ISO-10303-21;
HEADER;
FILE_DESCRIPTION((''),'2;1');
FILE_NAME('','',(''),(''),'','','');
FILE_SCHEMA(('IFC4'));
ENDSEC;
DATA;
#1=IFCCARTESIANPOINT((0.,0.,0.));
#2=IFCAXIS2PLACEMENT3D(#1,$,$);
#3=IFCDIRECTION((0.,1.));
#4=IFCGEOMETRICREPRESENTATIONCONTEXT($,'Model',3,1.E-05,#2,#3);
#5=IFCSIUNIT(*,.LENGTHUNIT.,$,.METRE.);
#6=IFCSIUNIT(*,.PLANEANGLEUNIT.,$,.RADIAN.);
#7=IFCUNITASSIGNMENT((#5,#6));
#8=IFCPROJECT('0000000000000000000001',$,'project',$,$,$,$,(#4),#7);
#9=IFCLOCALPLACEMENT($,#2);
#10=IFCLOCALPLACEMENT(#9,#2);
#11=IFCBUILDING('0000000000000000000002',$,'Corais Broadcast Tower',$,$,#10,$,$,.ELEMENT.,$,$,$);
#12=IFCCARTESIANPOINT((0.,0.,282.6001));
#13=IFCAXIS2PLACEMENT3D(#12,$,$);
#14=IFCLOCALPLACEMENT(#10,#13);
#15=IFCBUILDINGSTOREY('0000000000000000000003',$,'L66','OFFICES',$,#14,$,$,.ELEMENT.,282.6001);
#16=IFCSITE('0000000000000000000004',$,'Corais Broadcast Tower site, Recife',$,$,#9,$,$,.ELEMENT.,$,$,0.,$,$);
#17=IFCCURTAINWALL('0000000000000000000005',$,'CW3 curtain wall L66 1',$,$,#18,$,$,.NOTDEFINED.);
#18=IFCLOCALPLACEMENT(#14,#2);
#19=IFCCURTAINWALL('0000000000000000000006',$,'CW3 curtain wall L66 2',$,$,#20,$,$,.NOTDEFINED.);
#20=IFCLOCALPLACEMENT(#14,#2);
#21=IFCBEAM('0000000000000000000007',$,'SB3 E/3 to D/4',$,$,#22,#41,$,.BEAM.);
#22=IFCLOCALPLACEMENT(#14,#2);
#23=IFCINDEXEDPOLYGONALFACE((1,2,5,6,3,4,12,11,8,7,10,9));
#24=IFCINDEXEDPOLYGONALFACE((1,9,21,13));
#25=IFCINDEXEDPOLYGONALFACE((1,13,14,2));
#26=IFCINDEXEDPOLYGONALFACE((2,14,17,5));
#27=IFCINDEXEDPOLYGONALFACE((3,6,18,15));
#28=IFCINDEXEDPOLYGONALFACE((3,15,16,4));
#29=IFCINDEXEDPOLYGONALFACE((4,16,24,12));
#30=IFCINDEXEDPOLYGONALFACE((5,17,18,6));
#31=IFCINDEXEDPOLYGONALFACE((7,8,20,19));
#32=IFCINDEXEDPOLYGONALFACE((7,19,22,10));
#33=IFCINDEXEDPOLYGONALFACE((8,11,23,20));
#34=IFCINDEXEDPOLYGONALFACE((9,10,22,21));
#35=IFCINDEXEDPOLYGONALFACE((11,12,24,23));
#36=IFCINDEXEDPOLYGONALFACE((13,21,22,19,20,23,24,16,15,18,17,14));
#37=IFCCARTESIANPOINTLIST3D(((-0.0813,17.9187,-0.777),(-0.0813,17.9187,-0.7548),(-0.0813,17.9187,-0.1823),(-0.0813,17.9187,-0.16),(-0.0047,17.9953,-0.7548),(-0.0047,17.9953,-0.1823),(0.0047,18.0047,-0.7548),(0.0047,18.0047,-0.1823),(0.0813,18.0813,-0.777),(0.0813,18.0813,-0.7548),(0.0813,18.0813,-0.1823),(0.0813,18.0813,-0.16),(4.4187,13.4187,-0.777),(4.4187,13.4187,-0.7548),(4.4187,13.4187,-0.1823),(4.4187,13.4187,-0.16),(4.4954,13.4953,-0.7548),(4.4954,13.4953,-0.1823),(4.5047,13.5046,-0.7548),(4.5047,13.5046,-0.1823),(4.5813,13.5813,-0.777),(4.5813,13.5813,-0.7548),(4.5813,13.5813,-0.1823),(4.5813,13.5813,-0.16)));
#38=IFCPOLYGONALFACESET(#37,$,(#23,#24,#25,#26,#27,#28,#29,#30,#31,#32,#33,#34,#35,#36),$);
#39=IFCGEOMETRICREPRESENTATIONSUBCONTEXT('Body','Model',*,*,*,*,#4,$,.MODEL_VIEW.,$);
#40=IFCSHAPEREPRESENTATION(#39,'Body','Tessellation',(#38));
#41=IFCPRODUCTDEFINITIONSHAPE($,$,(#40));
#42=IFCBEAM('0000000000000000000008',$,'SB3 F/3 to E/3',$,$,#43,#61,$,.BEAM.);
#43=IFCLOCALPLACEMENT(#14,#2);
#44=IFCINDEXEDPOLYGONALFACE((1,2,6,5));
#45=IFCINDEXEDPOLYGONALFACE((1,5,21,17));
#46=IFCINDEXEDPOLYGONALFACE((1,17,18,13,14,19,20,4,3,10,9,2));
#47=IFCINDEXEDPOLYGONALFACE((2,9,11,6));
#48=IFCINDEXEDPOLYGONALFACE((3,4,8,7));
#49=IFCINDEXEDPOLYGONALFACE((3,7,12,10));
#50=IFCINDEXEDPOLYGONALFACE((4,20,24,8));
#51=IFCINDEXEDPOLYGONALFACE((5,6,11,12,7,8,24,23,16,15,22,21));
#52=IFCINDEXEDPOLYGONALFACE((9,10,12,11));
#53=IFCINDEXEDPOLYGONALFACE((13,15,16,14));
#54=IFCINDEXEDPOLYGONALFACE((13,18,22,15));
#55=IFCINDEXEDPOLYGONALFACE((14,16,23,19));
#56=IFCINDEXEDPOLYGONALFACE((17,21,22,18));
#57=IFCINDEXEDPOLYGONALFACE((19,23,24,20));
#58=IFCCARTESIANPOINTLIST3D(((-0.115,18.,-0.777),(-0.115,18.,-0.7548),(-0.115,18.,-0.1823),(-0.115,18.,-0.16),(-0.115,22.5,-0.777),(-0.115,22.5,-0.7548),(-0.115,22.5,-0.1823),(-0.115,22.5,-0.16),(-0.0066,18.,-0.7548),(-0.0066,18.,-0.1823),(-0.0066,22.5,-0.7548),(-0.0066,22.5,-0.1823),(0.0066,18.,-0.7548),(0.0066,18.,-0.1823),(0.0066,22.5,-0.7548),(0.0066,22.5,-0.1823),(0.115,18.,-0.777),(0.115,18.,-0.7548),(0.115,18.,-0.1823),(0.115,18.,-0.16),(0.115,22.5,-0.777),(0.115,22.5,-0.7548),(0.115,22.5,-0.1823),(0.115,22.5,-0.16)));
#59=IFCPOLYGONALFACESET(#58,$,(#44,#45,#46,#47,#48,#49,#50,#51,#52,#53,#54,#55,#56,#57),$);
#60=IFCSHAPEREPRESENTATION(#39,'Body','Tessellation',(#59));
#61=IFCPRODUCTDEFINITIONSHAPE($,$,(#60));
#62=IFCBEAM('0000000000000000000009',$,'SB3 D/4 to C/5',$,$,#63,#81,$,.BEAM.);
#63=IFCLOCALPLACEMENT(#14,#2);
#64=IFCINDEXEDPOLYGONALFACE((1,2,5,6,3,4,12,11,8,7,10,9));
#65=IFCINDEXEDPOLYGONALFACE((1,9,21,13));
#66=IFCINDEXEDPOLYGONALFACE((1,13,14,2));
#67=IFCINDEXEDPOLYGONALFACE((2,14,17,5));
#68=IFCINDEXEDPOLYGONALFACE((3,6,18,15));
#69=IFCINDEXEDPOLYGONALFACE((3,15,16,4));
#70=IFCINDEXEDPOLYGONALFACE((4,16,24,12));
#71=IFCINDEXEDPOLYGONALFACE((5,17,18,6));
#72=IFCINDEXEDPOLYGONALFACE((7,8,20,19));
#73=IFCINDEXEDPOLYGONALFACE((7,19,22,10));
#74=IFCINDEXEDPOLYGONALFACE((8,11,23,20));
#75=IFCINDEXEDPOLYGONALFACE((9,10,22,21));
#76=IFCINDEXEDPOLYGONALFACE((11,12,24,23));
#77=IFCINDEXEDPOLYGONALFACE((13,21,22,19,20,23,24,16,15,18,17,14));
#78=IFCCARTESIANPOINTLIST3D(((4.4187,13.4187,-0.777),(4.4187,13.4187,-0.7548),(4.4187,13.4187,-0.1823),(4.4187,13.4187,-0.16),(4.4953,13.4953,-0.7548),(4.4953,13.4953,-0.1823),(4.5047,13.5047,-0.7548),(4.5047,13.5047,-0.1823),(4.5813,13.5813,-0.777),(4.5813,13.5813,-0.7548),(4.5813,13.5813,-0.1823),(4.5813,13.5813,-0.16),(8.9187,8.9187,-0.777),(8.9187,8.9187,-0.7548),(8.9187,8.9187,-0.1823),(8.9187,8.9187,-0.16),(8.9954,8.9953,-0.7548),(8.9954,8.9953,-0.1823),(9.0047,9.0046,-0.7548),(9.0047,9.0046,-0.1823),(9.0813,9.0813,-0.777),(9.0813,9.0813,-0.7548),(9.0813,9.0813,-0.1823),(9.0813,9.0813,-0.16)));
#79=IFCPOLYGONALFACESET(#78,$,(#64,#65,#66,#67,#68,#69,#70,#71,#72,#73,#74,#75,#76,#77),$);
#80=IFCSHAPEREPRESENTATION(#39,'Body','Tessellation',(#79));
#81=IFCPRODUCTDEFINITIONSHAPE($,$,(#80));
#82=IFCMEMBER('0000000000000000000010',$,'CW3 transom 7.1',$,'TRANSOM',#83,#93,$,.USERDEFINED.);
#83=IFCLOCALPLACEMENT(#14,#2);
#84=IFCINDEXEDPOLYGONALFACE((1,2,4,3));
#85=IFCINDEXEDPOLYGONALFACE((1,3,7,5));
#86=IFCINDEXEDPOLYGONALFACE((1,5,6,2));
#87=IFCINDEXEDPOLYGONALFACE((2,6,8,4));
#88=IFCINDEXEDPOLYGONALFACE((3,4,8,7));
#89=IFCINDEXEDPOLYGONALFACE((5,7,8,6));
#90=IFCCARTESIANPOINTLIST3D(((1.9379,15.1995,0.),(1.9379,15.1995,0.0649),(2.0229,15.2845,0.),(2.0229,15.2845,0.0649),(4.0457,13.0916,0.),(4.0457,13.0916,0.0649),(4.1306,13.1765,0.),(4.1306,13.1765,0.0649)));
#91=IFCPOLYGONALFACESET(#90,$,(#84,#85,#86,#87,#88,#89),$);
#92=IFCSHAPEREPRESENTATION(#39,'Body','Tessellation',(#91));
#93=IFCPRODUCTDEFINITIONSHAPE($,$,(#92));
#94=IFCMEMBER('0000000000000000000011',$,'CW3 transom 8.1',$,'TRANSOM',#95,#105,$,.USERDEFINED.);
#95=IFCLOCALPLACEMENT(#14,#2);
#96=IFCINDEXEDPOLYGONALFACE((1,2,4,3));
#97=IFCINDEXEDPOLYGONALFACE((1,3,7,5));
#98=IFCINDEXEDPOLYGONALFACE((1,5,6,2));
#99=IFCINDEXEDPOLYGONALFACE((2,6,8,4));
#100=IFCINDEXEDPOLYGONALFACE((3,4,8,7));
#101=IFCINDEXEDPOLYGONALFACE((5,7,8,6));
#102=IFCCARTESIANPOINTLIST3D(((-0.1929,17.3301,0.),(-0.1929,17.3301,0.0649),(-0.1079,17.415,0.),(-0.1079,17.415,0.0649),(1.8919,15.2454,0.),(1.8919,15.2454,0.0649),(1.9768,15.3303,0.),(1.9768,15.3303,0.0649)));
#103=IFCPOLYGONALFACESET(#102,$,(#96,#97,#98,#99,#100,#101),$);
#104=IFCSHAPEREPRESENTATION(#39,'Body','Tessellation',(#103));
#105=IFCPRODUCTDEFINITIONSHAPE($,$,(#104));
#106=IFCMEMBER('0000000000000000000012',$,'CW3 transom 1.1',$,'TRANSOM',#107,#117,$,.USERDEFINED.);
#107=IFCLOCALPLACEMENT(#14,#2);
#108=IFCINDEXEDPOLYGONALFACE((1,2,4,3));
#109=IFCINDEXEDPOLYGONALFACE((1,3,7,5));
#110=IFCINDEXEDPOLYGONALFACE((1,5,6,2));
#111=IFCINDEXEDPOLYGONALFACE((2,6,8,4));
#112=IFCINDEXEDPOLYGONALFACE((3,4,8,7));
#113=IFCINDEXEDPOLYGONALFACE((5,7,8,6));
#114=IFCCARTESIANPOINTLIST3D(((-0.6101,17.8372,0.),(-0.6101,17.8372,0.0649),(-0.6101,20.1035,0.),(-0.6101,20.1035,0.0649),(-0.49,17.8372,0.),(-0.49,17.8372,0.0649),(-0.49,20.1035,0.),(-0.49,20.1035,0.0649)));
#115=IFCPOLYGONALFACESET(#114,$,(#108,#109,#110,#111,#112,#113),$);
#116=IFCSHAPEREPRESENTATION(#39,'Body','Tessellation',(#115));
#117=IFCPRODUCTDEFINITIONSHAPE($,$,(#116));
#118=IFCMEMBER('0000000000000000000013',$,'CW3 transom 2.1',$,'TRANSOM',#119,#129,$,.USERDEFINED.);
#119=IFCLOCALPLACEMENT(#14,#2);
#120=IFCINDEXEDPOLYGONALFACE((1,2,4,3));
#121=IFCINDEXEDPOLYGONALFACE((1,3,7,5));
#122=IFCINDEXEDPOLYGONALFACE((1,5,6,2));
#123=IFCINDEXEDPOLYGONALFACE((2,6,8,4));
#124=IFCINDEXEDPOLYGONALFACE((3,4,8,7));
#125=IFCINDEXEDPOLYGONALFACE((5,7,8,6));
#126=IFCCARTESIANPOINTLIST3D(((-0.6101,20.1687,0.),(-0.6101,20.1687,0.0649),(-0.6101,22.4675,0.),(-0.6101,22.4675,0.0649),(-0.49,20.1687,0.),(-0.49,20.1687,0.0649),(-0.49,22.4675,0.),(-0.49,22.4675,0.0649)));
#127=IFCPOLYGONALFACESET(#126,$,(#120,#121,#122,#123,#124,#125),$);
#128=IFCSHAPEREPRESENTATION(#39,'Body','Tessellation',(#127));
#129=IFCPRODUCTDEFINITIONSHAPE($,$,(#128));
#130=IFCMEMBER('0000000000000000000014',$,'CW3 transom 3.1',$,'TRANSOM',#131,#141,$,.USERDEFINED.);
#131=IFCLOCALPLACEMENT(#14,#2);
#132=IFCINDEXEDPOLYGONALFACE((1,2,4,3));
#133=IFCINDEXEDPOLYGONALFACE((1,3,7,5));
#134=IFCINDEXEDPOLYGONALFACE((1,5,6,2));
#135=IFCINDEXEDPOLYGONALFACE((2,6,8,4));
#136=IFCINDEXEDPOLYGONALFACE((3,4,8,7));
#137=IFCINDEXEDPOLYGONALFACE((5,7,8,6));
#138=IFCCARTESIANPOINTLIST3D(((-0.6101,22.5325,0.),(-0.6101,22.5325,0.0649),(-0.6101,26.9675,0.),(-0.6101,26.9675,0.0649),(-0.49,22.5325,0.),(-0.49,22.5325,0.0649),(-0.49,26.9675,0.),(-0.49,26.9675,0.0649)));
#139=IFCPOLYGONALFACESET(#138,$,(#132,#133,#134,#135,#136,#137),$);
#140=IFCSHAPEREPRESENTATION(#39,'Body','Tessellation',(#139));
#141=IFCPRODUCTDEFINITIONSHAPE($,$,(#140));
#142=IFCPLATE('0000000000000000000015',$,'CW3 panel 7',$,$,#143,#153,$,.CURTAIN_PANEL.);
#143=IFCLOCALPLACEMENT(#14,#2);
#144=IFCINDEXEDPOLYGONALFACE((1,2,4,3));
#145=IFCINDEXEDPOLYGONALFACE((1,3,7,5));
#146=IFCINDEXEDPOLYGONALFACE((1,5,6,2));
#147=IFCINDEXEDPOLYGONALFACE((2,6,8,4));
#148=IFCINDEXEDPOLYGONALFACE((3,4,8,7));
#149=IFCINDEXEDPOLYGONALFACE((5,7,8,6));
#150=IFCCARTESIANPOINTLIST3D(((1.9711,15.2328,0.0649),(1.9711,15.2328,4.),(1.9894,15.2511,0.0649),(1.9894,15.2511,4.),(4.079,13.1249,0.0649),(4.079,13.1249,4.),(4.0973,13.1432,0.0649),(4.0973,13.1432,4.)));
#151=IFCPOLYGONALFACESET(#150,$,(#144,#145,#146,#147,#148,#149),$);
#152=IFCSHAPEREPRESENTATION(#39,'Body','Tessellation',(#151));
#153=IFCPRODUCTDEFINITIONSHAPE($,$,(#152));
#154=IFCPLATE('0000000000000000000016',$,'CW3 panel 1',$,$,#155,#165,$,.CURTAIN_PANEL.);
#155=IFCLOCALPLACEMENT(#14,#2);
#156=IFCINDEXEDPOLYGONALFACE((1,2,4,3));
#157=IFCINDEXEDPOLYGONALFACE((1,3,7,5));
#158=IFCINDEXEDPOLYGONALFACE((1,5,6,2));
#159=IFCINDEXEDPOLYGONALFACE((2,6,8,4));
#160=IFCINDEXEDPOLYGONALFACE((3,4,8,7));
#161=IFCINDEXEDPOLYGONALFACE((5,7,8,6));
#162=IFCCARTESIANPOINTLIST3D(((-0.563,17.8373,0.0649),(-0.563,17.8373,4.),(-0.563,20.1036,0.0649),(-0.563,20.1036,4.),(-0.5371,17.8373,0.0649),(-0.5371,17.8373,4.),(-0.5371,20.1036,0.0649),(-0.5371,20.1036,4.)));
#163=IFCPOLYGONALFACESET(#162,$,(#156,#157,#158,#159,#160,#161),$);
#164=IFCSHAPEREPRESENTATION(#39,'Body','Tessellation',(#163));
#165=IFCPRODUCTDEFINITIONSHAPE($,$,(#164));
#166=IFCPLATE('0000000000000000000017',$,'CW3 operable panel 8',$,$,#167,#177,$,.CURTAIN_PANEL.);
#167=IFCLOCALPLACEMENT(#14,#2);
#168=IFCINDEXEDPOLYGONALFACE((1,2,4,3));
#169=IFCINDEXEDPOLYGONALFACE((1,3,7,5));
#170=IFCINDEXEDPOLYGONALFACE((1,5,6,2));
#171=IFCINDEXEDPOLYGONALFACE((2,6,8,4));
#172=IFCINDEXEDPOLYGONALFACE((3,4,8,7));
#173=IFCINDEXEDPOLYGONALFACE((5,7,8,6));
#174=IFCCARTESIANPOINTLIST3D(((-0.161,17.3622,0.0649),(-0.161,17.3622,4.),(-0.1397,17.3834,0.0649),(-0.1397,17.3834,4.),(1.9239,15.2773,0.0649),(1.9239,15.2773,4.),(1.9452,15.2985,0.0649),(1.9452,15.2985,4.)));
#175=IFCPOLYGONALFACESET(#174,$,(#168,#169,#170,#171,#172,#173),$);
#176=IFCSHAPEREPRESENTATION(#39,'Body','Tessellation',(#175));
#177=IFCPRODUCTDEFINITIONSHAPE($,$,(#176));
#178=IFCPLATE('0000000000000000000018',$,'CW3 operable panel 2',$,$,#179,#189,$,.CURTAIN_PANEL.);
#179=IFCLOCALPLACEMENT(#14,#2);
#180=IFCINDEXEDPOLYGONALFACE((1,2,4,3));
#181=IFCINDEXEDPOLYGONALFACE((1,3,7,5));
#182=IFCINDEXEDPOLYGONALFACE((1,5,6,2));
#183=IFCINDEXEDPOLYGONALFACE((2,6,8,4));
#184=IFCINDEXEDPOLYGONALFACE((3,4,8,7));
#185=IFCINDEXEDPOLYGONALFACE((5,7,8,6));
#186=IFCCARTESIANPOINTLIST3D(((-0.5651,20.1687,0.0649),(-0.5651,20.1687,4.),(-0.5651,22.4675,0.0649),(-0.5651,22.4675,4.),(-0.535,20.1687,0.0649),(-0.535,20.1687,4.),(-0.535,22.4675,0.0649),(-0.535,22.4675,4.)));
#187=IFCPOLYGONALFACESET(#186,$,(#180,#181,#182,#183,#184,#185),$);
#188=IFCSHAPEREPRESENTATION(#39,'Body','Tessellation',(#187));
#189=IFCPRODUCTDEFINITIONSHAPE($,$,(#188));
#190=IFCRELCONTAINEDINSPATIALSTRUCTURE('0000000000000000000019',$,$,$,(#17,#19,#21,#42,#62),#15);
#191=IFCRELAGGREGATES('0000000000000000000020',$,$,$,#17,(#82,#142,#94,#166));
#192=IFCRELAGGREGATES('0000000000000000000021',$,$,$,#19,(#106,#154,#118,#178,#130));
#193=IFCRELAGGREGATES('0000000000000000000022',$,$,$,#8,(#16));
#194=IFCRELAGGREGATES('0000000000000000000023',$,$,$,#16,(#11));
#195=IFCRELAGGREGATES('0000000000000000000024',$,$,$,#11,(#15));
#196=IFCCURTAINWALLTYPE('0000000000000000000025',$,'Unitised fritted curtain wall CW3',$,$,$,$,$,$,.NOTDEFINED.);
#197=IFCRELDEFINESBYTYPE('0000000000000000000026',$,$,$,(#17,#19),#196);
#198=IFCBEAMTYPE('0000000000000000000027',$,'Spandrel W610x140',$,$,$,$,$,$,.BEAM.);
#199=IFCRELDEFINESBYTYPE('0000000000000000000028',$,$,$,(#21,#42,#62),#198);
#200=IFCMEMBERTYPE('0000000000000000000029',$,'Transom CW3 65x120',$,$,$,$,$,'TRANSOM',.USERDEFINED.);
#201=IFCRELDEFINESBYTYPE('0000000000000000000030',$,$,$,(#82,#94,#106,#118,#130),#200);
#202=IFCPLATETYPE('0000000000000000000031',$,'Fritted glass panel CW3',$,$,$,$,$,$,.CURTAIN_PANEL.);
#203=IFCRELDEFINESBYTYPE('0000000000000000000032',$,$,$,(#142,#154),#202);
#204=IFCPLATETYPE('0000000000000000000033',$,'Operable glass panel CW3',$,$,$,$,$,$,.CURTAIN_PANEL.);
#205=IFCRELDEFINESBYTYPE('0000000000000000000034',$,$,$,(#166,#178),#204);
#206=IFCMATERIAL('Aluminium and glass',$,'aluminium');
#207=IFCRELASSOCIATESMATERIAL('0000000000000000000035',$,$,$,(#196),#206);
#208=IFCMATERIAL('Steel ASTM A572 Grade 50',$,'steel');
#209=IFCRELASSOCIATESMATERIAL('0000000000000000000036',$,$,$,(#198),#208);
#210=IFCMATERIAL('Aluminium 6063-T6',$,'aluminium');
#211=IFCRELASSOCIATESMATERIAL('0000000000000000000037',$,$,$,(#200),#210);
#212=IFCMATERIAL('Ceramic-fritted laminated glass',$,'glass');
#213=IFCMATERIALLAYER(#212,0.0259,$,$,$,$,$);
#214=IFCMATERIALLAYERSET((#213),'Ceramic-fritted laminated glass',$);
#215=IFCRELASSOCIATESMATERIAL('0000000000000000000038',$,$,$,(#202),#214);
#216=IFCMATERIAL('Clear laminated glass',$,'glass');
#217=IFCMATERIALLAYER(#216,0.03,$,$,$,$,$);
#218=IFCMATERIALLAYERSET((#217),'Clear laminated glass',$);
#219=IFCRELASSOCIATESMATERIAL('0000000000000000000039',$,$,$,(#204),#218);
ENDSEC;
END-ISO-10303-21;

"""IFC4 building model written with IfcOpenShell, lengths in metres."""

from ifc_helpers import new_model, si_unit, direction, frame, origin, origin_2d, place, context, subcontext, project, spatial, rectangle, i_section, extrude, material, layer, layer_set, material_profile, profile_set, type_object, element, aggregate, save


model = new_model("IFC4")

# Units and contexts
model_context = context("Model", 3, precision=1e-05, world=origin(), true_north=direction((0.0, 1.0)))
body_context = subcontext(model_context, "Body", "Model", "MODEL_VIEW")
ifc_project = project(units=[si_unit("LENGTHUNIT", "METRE"), si_unit("PLANEANGLEUNIT", "RADIAN")], contexts=[model_context])

# Site, building, storey
site_placement = place(None, origin())
site = spatial("IfcSite", under=ifc_project, at=site_placement, Name="Corais Broadcast Tower site, Recife", CompositionType="ELEMENT", RefElevation=0.0)
building_placement = place(site_placement, origin())
building = spatial("IfcBuilding", under=site, at=building_placement, Name="Corais Broadcast Tower", CompositionType="ELEMENT")
storey_placement = place(building_placement, frame((0.0, 0.0, 282.6001)))
storey = spatial("IfcBuildingStorey", under=building, at=storey_placement, Name="L66", Description="OFFICES", CompositionType="ELEMENT", Elevation=282.6001)

# Curtain walls
ifc_material_1 = material(Name="Aluminium and glass", Category="aluminium")
curtain_wall_type = type_object("IfcCurtainWallType", Name="Unitised fritted curtain wall CW3", PredefinedType="NOTDEFINED", material=ifc_material_1)
curtain_wall_1_placement = place(storey_placement, origin())
curtain_wall_1 = element("IfcCurtainWall", 1, at=curtain_wall_1_placement, inside=storey, type_object=curtain_wall_type, Name="CW3 curtain wall L66 1", PredefinedType="NOTDEFINED")
curtain_wall_2_placement = place(storey_placement, origin())
curtain_wall_2 = element("IfcCurtainWall", 2, at=curtain_wall_2_placement, inside=storey, type_object=curtain_wall_type, Name="CW3 curtain wall L66 2", PredefinedType="NOTDEFINED")

# Beams
ifc_material_2 = material(Name="Steel ASTM A572 Grade 50", Category="steel")
ifc_material_profile_1 = material_profile(ifc_material_2, i_section(OverallWidth=0.23, OverallDepth=0.6169, WebThickness=0.0132, FlangeThickness=0.0222, at=origin_2d()), Name="W610x140")
ifc_profile_set_1 = profile_set([ifc_material_profile_1], Name="Steel ASTM A572 Grade 50")
beam_type_1 = type_object("IfcBeamType", Name="Spandrel W610x140", PredefinedType="BEAM", material=ifc_profile_set_1)
beam_1_placement = place(storey_placement, frame((0.0, 18.0, -0.4685), z_axis=(0.707107, -0.707107, 0.0), x_axis=(0.707107, 0.707107, 0.0)))
element("IfcBeam", 3, at=beam_1_placement, inside=storey, type_object=beam_type_1, Name="SB3 E/3 to D/4", PredefinedType="BEAM", context=body_context, shape_type="SweptSolid", body=[
    extrude(i_section(OverallWidth=0.23, OverallDepth=0.6169, WebThickness=0.0132, FlangeThickness=0.0222, at=origin_2d()), origin(), (0.0, 0.0, 1.0), 6.364),
])
beam_2_placement = place(storey_placement, frame((0.0, 22.5, -0.4685), z_axis=(0.0, -1.0, 0.0), x_axis=(1.0, 0.0, 0.0)))
element("IfcBeam", 4, at=beam_2_placement, inside=storey, type_object=beam_type_1, Name="SB3 F/3 to E/3", PredefinedType="BEAM", context=body_context, shape_type="SweptSolid", body=[
    extrude(i_section(OverallWidth=0.23, OverallDepth=0.6169, WebThickness=0.0132, FlangeThickness=0.0222, at=origin_2d()), origin(), (0.0, 0.0, 1.0), 4.5),
])
beam_3_placement = place(storey_placement, frame((4.5, 13.5, -0.4685), z_axis=(0.707107, -0.707107, 0.0), x_axis=(0.707107, 0.707107, 0.0)))
element("IfcBeam", 5, at=beam_3_placement, inside=storey, type_object=beam_type_1, Name="SB3 D/4 to C/5", PredefinedType="BEAM", context=body_context, shape_type="SweptSolid", body=[
    extrude(i_section(OverallWidth=0.23, OverallDepth=0.6169, WebThickness=0.0132, FlangeThickness=0.0222, at=origin_2d()), origin(), (0.0, 0.0, 1.0), 6.364),
])

# Members
ifc_material_3 = material(Name="Aluminium 6063-T6", Category="aluminium")
ifc_material_profile_2 = material_profile(ifc_material_3, rectangle(XDim=0.1201, YDim=0.0649, at=origin_2d()), Name="Transom CW3 65x120")
ifc_profile_set_2 = profile_set([ifc_material_profile_2], Name="Aluminium 6063-T6")
member_type_1 = type_object("IfcMemberType", Name="Transom CW3 65x120", ElementType="TRANSOM", PredefinedType="USERDEFINED", material=ifc_profile_set_2)
member_1_placement = place(storey_placement, frame((4.0881, 13.134, 0.0325), z_axis=(-0.707066, 0.707148, 0.0), x_axis=(-0.707148, -0.707066, 0.0)))
member_1 = element("IfcMember", 6, at=member_1_placement, type_object=member_type_1, Name="CW3 transom 7.1", ObjectType="TRANSOM", PredefinedType="USERDEFINED", context=body_context, shape_type="SweptSolid", body=[
    extrude(rectangle(XDim=0.1201, YDim=0.0649, at=origin_2d()), origin(), (0.0, 0.0, 1.0), 2.981),
])
member_2_placement = place(storey_placement, frame((1.9343, 15.2878, 0.0325), z_axis=(-0.707107, 0.707107, 0.0), x_axis=(-0.707107, -0.707107, 0.0)))
member_2 = element("IfcMember", 7, at=member_2_placement, type_object=member_type_1, Name="CW3 transom 8.1", ObjectType="TRANSOM", PredefinedType="USERDEFINED", context=body_context, shape_type="SweptSolid", body=[
    extrude(rectangle(XDim=0.1201, YDim=0.0649, at=origin_2d()), origin(), (0.0, 0.0, 1.0), 2.9482),
])
member_3_placement = place(storey_placement, frame((-0.55, 17.8372, 0.0325), z_axis=(0.0, 1.0, 0.0), x_axis=(-1.0, 0.0, 0.0)))
member_3 = element("IfcMember", 8, at=member_3_placement, type_object=member_type_1, Name="CW3 transom 1.1", ObjectType="TRANSOM", PredefinedType="USERDEFINED", context=body_context, shape_type="SweptSolid", body=[
    extrude(rectangle(XDim=0.1201, YDim=0.0649, at=origin_2d()), origin(), (0.0, 0.0, 1.0), 2.2664),
])
member_4_placement = place(storey_placement, frame((-0.55, 20.1687, 0.0325), z_axis=(0.0, 1.0, 0.0), x_axis=(-1.0, 0.0, 0.0)))
member_4 = element("IfcMember", 9, at=member_4_placement, type_object=member_type_1, Name="CW3 transom 2.1", ObjectType="TRANSOM", PredefinedType="USERDEFINED", context=body_context, shape_type="SweptSolid", body=[
    extrude(rectangle(XDim=0.1201, YDim=0.0649, at=origin_2d()), origin(), (0.0, 0.0, 1.0), 2.2988),
])
member_5_placement = place(storey_placement, frame((-0.55, 22.5325, 0.0325), z_axis=(0.0, 1.0, 0.0), x_axis=(-1.0, 0.0, 0.0)))
member_5 = element("IfcMember", 10, at=member_5_placement, type_object=member_type_1, Name="CW3 transom 3.1", ObjectType="TRANSOM", PredefinedType="USERDEFINED", context=body_context, shape_type="SweptSolid", body=[
    extrude(rectangle(XDim=0.1201, YDim=0.0649, at=origin_2d()), origin(), (0.0, 0.0, 1.0), 4.4351),
])

# Plates
ifc_material_4 = material(Name="Ceramic-fritted laminated glass", Category="glass")
ifc_layer_1 = layer(ifc_material_4, 0.0259)
ifc_layer_set_1 = layer_set([ifc_layer_1], Name="Ceramic-fritted laminated glass")
plate_type_1 = type_object("IfcPlateType", Name="Fritted glass panel CW3", PredefinedType="CURTAIN_PANEL", material=ifc_layer_set_1)
plate_1_placement = place(storey_placement, frame((3.0342, 14.188, 0.0649), z_axis=(0.0, 0.0, 1.0), x_axis=(-0.707107, 0.707107, 0.0)))
plate_1 = element("IfcPlate", 11, at=plate_1_placement, type_object=plate_type_1, Name="CW3 panel 7", PredefinedType="CURTAIN_PANEL", context=body_context, shape_type="SweptSolid", body=[
    extrude(rectangle(XDim=2.981, YDim=0.0259, at=origin_2d()), origin(), (0.0, 0.0, 1.0), 3.9351),
])
plate_2_placement = place(storey_placement, frame((-0.55, 18.9705, 0.0649), z_axis=(0.0, 0.0, 1.0), x_axis=(0.0, 1.0, 0.0)))
plate_2 = element("IfcPlate", 12, at=plate_2_placement, type_object=plate_type_1, Name="CW3 panel 1", PredefinedType="CURTAIN_PANEL", context=body_context, shape_type="SweptSolid", body=[
    extrude(rectangle(XDim=2.2664, YDim=0.0259, at=origin_2d()), origin(), (0.0, 0.0, 1.0), 3.9351),
])
ifc_material_5 = material(Name="Clear laminated glass", Category="glass")
ifc_layer_2 = layer(ifc_material_5, 0.03)
ifc_layer_set_2 = layer_set([ifc_layer_2], Name="Clear laminated glass")
plate_type_2 = type_object("IfcPlateType", Name="Operable glass panel CW3", PredefinedType="CURTAIN_PANEL", material=ifc_layer_set_2)
plate_3_placement = place(storey_placement, frame((0.8921, 16.3303, 0.0649), z_axis=(0.0, 0.0, 1.0), x_axis=(-0.707107, 0.707107, 0.0)))
plate_3 = element("IfcPlate", 13, at=plate_3_placement, type_object=plate_type_2, Name="CW3 operable panel 8", PredefinedType="CURTAIN_PANEL", context=body_context, shape_type="SweptSolid", body=[
    extrude(rectangle(XDim=2.9485, YDim=0.03, at=origin_2d()), origin(), (0.0, 0.0, 1.0), 3.9351),
])
aggregate(curtain_wall_1, [member_1, plate_1, member_2, plate_3])
plate_4_placement = place(storey_placement, frame((-0.55, 21.3181, 0.0649), z_axis=(0.0, 0.0, 1.0), x_axis=(0.0, 1.0, 0.0)))
plate_4 = element("IfcPlate", 14, at=plate_4_placement, type_object=plate_type_2, Name="CW3 operable panel 2", PredefinedType="CURTAIN_PANEL", context=body_context, shape_type="SweptSolid", body=[
    extrude(rectangle(XDim=2.2988, YDim=0.03, at=origin_2d()), origin(), (0.0, 0.0, 1.0), 3.9351),
])
aggregate(curtain_wall_2, [member_3, plate_2, member_4, plate_4, member_5])

save(model, "model.ifc")
